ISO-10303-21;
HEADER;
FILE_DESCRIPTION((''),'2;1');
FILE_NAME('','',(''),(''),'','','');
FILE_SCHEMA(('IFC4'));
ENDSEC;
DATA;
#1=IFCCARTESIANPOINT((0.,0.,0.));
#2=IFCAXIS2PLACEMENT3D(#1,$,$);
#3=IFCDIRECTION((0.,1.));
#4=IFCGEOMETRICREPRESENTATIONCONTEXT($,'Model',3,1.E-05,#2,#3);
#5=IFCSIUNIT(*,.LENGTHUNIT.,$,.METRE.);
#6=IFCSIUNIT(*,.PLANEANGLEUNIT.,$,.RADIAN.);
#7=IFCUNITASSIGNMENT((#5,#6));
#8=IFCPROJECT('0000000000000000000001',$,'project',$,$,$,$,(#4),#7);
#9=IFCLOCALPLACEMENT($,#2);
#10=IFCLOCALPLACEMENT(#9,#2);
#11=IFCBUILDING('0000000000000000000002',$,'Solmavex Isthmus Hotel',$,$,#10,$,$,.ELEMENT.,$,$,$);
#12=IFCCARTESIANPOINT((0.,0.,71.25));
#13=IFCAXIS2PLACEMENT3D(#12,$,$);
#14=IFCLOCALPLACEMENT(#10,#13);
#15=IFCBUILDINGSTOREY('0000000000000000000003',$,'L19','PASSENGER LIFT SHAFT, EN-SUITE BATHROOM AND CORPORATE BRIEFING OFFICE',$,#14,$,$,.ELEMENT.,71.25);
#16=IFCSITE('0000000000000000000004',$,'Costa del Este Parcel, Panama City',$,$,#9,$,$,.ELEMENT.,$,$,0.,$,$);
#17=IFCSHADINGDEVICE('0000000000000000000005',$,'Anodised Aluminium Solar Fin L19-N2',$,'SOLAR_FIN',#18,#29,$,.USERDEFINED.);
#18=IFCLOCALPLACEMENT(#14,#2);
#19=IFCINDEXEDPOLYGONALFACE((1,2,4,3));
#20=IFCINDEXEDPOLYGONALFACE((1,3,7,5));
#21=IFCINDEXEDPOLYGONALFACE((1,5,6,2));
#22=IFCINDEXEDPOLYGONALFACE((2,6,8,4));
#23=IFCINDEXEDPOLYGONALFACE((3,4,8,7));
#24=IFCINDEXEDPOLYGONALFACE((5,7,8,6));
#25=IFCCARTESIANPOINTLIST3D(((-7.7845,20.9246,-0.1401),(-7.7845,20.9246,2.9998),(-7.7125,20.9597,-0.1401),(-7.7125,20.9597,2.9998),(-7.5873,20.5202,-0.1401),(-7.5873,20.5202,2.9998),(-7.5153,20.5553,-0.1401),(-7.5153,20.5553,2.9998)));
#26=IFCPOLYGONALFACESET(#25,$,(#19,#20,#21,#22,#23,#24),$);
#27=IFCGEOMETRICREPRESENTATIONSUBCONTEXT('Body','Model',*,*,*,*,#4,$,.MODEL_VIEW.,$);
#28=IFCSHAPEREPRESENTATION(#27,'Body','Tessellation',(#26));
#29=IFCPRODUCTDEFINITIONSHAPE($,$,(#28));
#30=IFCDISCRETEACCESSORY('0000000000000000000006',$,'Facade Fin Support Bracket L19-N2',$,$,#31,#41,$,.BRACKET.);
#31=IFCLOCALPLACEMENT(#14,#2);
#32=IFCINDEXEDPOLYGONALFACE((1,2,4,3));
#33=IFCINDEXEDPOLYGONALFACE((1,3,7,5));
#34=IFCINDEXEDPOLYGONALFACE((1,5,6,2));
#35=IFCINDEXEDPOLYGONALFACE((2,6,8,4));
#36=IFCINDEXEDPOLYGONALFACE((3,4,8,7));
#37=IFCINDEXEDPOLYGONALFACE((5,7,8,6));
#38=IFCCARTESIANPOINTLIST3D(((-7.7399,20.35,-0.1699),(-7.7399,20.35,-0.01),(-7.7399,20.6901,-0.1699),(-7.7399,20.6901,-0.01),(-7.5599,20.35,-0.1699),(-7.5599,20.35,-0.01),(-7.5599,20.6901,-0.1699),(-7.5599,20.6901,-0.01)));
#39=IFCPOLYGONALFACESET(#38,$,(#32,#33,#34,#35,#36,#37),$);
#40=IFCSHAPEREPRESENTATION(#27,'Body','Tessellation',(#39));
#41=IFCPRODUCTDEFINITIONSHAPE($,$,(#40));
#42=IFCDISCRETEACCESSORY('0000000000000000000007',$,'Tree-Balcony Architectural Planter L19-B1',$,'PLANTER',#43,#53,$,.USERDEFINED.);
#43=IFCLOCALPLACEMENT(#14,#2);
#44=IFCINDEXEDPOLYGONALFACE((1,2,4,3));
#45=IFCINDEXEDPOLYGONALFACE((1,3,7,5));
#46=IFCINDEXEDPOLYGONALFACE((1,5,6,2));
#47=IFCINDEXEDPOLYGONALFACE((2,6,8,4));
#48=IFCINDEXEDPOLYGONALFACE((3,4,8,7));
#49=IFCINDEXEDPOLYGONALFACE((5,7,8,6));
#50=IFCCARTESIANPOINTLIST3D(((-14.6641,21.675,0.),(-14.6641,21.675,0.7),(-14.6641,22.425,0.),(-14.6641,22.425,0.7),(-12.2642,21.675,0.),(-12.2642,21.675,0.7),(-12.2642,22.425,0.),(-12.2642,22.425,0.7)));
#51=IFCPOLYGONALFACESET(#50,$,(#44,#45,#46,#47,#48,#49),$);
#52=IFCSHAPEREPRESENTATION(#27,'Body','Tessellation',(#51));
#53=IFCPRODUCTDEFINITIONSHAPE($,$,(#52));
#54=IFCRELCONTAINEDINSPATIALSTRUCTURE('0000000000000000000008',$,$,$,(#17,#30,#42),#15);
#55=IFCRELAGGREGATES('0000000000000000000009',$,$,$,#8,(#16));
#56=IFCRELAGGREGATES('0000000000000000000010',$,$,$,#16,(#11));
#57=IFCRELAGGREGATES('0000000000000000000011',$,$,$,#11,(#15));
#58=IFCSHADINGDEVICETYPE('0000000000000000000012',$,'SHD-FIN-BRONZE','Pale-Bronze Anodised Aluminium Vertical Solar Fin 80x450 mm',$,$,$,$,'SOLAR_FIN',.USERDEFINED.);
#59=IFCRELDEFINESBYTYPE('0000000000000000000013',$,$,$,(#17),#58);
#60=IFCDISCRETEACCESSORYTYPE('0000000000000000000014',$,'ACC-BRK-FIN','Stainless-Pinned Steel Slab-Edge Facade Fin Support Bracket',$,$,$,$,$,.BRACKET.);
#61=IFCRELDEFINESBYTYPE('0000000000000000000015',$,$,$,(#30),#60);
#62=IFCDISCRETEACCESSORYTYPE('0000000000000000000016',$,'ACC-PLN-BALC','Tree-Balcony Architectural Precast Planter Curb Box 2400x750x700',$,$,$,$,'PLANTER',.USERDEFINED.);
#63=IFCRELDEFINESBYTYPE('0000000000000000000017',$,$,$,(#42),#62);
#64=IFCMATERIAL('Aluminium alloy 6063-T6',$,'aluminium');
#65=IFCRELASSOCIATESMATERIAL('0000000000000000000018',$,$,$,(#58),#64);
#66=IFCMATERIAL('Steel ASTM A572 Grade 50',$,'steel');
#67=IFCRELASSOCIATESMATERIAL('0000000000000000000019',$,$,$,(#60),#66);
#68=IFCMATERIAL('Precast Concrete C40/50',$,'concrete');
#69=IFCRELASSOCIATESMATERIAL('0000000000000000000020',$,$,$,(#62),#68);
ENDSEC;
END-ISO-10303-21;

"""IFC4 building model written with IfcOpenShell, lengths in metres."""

from ifc_helpers import new_model, si_unit, direction, frame, origin, origin_2d, place, context, subcontext, project, spatial, rectangle, extrude, material, type_object, element, save


model = new_model("IFC4")

# Units and contexts
model_context = context("Model", 3, precision=1e-05, world=origin(), true_north=direction((0.0, 1.0)))
body_context = subcontext(model_context, "Body", "Model", "MODEL_VIEW")
ifc_project = project(units=[si_unit("LENGTHUNIT", "METRE"), si_unit("PLANEANGLEUNIT", "RADIAN")], contexts=[model_context])

# Site, building, storey
site_placement = place(None, origin())
site = spatial("IfcSite", under=ifc_project, at=site_placement, Name="Costa del Este Parcel, Panama City", CompositionType="ELEMENT", RefElevation=0.0)
building_placement = place(site_placement, origin())
building = spatial("IfcBuilding", under=site, at=building_placement, Name="Solmavex Isthmus Hotel", CompositionType="ELEMENT")
storey_placement = place(building_placement, frame((0.0, 0.0, 71.25)))
storey = spatial("IfcBuildingStorey", under=building, at=storey_placement, Name="L19", Description="PASSENGER LIFT SHAFT, EN-SUITE BATHROOM AND CORPORATE BRIEFING OFFICE", CompositionType="ELEMENT", Elevation=71.25)

# Shared definitions
ifc_material_1 = material(Name="Aluminium alloy 6063-T6", Category="aluminium")

# Shared definitions
ifc_material_2 = material(Name="Precast Concrete C40/50", Category="concrete")

# Shading device
shading_device_type = type_object("IfcShadingDeviceType", Name="SHD-FIN-BRONZE", Description="Pale-Bronze Anodised Aluminium Vertical Solar Fin 80x450 mm", ElementType="SOLAR_FIN", PredefinedType="USERDEFINED", material=ifc_material_1)
shading_device_placement = place(storey_placement, frame((-7.6499, 20.74, -0.1401), z_axis=(0.0, 0.0, 1.0), x_axis=(-0.438371, 0.898794, 0.0)))
element("IfcShadingDevice", 1, at=shading_device_placement, inside=storey, type_object=shading_device_type, Name="Anodised Aluminium Solar Fin L19-N2", ObjectType="SOLAR_FIN", PredefinedType="USERDEFINED", context=body_context, shape_type="SweptSolid", body=[
    extrude(rectangle(XDim=0.45, YDim=0.0801, at=origin_2d()), origin(), (0.0, 0.0, 1.0), 3.1399),
])

# Discrete accessories
ifc_material_3 = material(Name="Steel ASTM A572 Grade 50", Category="steel")
discrete_accessory_type_1 = type_object("IfcDiscreteAccessoryType", Name="ACC-BRK-FIN", Description="Stainless-Pinned Steel Slab-Edge Facade Fin Support Bracket", PredefinedType="BRACKET", material=ifc_material_3)
discrete_accessory_1_placement = place(storey_placement, frame((-7.6499, 20.52, -0.1699), z_axis=(0.0, 0.0, 1.0), x_axis=(0.0, 1.0, 0.0)))
element("IfcDiscreteAccessory", 2, at=discrete_accessory_1_placement, inside=storey, type_object=discrete_accessory_type_1, Name="Facade Fin Support Bracket L19-N2", PredefinedType="BRACKET", context=body_context, shape_type="SweptSolid", body=[
    extrude(rectangle(XDim=0.3401, YDim=0.1799, at=origin_2d()), origin(), (0.0, 0.0, 1.0), 0.1599),
])
discrete_accessory_type_2 = type_object("IfcDiscreteAccessoryType", Name="ACC-PLN-BALC", Description="Tree-Balcony Architectural Precast Planter Curb Box 2400x750x700", ElementType="PLANTER", PredefinedType="USERDEFINED", material=ifc_material_2)
discrete_accessory_2_placement = place(storey_placement, frame((-13.4641, 22.05, 0.0), z_axis=(0.0, 0.0, 1.0), x_axis=(1.0, 0.0, 0.0)))
element("IfcDiscreteAccessory", 3, at=discrete_accessory_2_placement, inside=storey, type_object=discrete_accessory_type_2, Name="Tree-Balcony Architectural Planter L19-B1", ObjectType="PLANTER", PredefinedType="USERDEFINED", context=body_context, shape_type="SweptSolid", body=[
    extrude(rectangle(XDim=2.3999, YDim=0.75, at=origin_2d()), origin(), (0.0, 0.0, 1.0), 0.7),
])

save(model, "model.ifc")
